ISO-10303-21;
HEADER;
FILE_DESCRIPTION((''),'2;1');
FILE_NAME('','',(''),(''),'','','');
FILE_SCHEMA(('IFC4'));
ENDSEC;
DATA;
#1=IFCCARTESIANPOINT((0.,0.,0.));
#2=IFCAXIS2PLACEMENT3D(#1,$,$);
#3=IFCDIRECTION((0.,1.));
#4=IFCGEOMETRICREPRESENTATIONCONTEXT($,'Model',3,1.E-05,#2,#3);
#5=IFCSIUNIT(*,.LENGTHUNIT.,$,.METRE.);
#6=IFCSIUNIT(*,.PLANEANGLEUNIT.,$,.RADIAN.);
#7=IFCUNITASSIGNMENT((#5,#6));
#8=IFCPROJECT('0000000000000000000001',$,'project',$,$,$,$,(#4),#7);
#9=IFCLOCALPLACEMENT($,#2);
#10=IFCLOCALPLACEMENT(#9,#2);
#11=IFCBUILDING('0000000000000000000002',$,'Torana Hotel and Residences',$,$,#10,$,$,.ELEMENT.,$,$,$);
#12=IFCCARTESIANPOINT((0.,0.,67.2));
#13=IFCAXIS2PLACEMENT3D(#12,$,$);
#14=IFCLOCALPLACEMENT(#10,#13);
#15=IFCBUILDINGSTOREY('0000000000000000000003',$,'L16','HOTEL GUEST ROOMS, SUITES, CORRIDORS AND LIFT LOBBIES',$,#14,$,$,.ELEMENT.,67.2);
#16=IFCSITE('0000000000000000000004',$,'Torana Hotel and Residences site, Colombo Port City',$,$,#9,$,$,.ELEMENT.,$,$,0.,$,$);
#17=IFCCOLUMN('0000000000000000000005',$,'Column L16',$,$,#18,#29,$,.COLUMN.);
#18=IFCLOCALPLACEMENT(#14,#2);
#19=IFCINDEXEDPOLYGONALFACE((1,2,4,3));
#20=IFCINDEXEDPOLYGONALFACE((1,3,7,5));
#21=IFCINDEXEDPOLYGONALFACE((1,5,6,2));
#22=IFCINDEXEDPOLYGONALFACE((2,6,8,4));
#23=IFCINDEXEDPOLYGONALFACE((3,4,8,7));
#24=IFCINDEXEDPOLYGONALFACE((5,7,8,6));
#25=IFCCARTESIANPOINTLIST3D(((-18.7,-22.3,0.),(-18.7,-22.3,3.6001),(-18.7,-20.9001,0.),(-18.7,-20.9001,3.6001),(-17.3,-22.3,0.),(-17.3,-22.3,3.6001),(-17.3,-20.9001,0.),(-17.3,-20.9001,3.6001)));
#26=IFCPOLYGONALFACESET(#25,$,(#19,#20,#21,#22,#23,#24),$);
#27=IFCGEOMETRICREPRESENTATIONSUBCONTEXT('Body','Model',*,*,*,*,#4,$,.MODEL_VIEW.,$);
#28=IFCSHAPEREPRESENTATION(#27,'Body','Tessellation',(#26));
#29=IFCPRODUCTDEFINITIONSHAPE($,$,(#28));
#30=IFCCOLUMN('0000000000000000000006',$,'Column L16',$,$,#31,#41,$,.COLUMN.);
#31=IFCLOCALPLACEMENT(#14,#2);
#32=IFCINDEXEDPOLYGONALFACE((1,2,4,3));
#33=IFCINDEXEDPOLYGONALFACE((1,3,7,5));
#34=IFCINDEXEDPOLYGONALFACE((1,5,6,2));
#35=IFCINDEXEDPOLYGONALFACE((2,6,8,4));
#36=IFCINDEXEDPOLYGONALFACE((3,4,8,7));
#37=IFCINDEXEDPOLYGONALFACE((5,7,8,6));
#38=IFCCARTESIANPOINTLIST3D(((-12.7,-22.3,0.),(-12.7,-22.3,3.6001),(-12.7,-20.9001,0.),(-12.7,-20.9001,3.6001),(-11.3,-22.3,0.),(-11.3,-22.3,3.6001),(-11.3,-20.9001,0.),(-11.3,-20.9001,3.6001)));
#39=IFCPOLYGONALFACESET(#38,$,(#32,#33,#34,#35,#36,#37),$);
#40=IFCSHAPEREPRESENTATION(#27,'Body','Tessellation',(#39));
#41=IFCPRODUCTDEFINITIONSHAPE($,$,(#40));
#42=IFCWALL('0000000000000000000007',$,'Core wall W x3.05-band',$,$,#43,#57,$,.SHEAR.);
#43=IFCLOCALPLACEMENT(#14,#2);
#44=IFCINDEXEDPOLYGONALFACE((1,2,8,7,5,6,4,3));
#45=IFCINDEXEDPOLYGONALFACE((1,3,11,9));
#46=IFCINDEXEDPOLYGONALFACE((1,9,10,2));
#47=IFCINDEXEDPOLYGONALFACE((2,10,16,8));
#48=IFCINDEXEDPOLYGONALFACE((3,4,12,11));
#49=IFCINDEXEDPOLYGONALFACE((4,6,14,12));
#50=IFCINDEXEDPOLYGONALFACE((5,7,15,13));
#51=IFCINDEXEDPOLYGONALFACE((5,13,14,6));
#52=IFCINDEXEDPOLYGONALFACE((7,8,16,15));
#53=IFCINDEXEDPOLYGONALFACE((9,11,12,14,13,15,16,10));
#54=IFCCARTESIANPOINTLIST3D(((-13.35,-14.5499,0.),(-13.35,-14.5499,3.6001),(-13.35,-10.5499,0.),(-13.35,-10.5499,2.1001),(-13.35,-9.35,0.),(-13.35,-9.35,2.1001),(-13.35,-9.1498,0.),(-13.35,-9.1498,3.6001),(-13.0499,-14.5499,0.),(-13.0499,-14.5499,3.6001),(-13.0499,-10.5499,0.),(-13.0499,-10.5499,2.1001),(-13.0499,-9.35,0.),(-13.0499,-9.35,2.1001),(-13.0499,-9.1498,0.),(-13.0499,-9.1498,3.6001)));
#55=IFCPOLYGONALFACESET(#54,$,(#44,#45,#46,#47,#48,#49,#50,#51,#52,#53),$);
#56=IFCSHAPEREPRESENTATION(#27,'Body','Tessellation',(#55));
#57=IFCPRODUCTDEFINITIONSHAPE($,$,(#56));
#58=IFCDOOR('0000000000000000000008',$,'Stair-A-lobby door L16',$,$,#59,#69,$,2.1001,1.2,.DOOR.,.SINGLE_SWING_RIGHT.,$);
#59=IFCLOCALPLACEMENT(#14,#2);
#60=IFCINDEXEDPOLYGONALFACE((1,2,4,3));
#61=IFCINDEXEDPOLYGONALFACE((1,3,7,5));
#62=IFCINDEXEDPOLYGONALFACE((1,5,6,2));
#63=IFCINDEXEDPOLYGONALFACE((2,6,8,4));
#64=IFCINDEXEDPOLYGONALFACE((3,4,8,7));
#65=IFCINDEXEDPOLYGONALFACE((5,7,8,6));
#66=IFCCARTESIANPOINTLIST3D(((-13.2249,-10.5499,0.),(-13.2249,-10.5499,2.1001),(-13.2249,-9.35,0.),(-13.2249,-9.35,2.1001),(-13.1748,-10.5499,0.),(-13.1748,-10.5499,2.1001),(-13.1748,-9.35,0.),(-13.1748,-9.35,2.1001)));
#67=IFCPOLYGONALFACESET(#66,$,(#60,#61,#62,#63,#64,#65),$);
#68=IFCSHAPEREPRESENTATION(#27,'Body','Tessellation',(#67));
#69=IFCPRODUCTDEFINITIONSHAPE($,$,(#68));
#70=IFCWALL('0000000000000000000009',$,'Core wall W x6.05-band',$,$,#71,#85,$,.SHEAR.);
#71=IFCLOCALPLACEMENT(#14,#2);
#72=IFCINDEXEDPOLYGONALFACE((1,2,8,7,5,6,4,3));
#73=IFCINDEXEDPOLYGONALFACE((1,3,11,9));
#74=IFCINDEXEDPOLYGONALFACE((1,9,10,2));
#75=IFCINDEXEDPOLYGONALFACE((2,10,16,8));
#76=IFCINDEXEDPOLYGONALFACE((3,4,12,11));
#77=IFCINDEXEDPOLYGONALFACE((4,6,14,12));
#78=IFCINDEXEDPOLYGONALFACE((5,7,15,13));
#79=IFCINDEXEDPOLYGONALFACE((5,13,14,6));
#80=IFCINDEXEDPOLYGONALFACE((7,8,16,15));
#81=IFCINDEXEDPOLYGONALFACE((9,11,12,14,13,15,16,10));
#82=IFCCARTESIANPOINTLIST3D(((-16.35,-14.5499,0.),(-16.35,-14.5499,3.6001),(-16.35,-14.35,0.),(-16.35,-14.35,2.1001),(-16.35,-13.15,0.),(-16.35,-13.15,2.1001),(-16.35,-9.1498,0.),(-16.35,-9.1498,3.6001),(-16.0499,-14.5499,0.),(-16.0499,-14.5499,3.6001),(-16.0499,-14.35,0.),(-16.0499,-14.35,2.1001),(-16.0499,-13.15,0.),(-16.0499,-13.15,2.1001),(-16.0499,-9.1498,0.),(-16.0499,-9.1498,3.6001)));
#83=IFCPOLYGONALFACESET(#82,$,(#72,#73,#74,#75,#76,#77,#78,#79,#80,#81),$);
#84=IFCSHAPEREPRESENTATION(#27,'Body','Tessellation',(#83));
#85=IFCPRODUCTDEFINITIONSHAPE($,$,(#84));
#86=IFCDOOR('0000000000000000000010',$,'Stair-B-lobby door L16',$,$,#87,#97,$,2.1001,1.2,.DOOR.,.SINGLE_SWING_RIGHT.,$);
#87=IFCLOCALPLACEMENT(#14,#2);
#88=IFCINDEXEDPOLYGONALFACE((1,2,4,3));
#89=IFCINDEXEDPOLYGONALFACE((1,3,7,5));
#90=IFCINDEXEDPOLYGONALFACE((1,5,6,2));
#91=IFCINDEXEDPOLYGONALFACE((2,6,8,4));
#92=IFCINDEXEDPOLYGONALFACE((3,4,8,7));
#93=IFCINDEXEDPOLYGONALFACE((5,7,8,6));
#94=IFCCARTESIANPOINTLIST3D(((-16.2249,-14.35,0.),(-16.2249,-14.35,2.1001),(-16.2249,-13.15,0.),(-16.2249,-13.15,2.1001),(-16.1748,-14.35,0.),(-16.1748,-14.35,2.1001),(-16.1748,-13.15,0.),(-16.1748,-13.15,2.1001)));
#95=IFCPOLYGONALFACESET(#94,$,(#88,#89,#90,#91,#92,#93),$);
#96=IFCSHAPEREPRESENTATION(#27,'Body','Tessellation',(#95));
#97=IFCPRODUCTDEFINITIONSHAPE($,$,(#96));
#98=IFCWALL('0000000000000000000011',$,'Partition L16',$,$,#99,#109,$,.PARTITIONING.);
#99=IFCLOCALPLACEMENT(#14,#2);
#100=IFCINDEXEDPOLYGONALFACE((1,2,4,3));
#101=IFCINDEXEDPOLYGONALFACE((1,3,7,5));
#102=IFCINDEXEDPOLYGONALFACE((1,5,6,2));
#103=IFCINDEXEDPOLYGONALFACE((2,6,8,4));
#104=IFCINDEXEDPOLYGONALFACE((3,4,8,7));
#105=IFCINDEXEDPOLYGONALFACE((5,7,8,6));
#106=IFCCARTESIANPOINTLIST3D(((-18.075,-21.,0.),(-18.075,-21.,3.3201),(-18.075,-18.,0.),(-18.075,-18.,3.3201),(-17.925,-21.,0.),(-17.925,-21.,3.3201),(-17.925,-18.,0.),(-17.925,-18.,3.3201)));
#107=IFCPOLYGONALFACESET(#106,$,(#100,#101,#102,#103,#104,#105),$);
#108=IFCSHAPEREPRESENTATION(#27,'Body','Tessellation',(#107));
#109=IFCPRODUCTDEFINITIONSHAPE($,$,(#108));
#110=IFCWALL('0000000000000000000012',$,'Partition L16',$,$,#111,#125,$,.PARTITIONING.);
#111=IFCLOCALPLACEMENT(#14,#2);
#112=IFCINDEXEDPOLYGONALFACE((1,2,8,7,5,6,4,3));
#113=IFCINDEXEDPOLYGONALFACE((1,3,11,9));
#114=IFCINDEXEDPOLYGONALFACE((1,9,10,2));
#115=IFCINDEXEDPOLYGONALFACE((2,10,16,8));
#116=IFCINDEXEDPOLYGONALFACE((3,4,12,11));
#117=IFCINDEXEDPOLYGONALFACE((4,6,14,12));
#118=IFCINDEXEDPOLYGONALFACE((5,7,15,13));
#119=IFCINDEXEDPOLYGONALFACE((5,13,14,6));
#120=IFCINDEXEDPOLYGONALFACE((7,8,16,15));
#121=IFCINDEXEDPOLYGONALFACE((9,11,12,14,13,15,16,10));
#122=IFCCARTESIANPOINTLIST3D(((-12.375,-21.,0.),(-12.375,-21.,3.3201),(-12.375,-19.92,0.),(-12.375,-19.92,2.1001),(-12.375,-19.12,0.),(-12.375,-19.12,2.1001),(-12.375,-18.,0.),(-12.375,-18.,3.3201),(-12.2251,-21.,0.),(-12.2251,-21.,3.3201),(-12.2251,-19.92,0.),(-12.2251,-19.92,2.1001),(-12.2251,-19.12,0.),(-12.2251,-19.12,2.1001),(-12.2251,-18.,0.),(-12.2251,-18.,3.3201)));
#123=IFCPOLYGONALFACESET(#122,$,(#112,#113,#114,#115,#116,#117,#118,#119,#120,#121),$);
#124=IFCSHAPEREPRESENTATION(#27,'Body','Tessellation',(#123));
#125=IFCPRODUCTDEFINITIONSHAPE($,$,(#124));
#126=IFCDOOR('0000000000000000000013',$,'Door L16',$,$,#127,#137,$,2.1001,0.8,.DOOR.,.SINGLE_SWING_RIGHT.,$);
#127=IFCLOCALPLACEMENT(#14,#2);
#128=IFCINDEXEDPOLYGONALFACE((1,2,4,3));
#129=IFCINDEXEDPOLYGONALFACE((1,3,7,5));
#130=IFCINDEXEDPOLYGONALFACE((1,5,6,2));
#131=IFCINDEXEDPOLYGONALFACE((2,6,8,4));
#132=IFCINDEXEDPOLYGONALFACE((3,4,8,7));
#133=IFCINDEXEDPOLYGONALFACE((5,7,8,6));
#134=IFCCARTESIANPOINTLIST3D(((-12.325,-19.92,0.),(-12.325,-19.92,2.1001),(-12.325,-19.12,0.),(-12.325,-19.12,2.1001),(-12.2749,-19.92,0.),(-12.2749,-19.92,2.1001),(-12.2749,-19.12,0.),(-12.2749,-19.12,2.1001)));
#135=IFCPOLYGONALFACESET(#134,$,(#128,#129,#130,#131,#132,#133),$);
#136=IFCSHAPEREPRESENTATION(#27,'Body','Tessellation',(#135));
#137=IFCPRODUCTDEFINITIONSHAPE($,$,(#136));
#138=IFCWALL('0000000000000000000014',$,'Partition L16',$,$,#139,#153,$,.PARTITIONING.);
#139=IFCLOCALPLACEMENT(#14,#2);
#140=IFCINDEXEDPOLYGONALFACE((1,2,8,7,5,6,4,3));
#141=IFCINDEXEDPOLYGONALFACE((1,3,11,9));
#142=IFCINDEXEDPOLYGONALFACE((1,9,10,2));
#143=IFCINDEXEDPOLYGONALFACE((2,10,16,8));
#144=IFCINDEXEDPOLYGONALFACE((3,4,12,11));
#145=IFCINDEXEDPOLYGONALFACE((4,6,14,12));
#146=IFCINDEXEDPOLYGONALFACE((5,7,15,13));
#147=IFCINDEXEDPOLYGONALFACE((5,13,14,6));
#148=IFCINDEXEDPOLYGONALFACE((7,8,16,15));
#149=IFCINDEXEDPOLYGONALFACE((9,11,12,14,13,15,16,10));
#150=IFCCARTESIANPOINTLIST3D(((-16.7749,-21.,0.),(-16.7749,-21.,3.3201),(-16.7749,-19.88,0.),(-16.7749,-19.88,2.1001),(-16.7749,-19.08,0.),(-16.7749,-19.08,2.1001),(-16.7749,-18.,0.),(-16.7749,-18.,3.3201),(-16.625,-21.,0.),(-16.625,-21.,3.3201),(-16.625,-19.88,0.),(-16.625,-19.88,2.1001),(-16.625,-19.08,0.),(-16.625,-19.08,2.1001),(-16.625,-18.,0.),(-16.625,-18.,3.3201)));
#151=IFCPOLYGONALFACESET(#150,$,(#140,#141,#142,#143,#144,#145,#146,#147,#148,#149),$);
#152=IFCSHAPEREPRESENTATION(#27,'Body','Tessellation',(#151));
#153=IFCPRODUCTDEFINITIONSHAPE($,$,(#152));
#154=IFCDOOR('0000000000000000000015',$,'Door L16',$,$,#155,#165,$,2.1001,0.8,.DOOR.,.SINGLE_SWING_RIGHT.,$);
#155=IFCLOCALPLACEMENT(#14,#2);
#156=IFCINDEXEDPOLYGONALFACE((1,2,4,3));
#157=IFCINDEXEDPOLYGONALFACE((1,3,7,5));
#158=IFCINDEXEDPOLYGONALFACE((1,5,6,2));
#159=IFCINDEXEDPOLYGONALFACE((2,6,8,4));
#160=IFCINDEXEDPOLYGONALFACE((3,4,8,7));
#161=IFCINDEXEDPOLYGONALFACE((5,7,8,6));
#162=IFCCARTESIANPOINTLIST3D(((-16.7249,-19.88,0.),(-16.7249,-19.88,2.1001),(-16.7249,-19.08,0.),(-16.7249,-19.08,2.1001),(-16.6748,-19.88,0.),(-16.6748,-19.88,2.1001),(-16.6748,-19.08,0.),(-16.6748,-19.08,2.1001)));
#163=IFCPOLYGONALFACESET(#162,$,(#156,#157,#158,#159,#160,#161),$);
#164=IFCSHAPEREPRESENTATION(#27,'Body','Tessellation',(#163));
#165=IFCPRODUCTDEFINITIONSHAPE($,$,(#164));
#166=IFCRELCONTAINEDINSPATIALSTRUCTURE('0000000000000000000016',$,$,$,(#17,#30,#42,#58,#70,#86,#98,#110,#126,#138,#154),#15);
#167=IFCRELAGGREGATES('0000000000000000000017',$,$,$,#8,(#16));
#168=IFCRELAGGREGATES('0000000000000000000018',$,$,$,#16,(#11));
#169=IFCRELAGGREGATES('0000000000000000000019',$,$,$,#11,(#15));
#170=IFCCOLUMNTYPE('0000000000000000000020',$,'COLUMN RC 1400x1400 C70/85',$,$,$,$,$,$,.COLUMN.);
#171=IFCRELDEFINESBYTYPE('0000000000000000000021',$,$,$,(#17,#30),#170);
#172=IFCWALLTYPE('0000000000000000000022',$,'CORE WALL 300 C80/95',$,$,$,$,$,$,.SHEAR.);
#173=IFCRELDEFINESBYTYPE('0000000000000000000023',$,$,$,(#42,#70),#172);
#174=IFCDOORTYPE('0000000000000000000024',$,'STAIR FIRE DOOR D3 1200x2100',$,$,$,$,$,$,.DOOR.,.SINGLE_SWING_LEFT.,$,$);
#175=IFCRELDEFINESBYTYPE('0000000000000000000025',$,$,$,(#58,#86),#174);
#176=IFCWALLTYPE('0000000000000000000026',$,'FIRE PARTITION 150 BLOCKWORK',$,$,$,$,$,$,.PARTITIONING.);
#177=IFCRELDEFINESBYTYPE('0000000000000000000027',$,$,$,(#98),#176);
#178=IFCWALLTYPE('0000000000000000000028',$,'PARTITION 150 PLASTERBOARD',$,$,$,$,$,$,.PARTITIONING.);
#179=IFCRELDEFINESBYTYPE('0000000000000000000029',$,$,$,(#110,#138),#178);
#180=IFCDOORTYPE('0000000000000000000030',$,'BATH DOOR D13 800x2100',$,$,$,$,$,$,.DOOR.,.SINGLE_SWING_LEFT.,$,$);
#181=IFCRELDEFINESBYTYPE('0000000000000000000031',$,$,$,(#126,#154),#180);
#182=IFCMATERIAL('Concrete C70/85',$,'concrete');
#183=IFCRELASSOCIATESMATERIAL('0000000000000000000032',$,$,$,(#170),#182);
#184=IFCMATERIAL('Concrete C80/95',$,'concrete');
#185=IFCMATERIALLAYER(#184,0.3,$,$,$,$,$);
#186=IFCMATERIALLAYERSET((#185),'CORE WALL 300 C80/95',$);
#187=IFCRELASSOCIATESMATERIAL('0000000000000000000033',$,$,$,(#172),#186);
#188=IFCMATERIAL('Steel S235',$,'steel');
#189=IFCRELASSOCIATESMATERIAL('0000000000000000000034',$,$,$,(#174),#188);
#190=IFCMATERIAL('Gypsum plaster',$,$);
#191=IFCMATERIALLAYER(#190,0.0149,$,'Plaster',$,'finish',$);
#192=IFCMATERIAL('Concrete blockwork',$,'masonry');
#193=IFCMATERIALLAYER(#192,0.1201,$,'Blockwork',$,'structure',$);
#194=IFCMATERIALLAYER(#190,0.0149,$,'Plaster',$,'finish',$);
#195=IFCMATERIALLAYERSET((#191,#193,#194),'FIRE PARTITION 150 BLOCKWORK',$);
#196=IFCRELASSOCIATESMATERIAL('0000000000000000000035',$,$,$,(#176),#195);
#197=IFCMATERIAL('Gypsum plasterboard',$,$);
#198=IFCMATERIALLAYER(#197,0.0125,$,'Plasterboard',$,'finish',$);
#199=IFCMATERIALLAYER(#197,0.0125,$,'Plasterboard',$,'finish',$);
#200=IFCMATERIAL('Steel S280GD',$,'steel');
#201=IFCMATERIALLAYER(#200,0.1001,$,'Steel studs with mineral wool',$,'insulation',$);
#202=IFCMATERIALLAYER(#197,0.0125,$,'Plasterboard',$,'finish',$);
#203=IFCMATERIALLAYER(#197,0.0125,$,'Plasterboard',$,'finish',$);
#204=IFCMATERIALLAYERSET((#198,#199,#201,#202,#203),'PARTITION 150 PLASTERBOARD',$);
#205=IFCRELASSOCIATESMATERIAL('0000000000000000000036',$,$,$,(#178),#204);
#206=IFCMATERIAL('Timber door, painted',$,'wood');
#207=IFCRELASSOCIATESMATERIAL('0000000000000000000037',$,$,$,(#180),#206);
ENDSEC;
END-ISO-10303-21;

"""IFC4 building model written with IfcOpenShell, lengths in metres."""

from ifc_helpers import new_model, si_unit, direction, frame, frame_2d, origin, origin_2d, place, context, subcontext, project, spatial, rectangle, extrude, material, layer, layer_set, material_profile, profile_set, type_object, element, fill, save


model = new_model("IFC4")

# Units and contexts
model_context = context("Model", 3, precision=1e-05, world=origin(), true_north=direction((0.0, 1.0)))
body_context = subcontext(model_context, "Body", "Model", "MODEL_VIEW")
ifc_project = project(units=[si_unit("LENGTHUNIT", "METRE"), si_unit("PLANEANGLEUNIT", "RADIAN")], contexts=[model_context])

# Site, building, storey
site_placement = place(None, origin())
site = spatial("IfcSite", under=ifc_project, at=site_placement, Name="Torana Hotel and Residences site, Colombo Port City", CompositionType="ELEMENT", RefElevation=0.0)
building_placement = place(site_placement, origin())
building = spatial("IfcBuilding", under=site, at=building_placement, Name="Torana Hotel and Residences", CompositionType="ELEMENT")
storey_placement = place(building_placement, frame((0.0, 0.0, 67.2)))
storey = spatial("IfcBuildingStorey", under=building, at=storey_placement, Name="L16", Description="HOTEL GUEST ROOMS, SUITES, CORRIDORS AND LIFT LOBBIES", CompositionType="ELEMENT", Elevation=67.2)

# Columns
ifc_material_1 = material(Name="Concrete C70/85", Category="concrete")
ifc_material_profile = material_profile(ifc_material_1, rectangle(XDim=1.3999, YDim=1.3999, at=origin_2d()), Name="RC 1400x1400")
ifc_profile_set = profile_set([ifc_material_profile], Name="Concrete C70/85")
column_type = type_object("IfcColumnType", Name="COLUMN RC 1400x1400 C70/85", PredefinedType="COLUMN", material=ifc_profile_set)
for number, where, z_axis, x_axis, name in (
    (1, (-18.0, -21.6001, 0.0), (0.0, 0.0, 1.0), (1.0, 0.0, 0.0), "Column L16"),
    (2, (-12.0, -21.6001, 0.0), (0.0, 0.0, 1.0), (1.0, 0.0, 0.0), "Column L16"),
):
    element("IfcColumn", number, at=place(storey_placement, frame(where, z_axis=z_axis, x_axis=x_axis)), inside=storey, type_object=column_type, Name=name, PredefinedType="COLUMN", context=body_context, shape_type="SweptSolid", body=[
        extrude(rectangle(XDim=1.3999, YDim=1.3999, at=origin_2d()), origin(), (0.0, 0.0, 1.0), 3.6001),
    ])

# Walls, openings, doors
ifc_material_2 = material(Name="Concrete C80/95", Category="concrete")
ifc_layer_1 = layer(ifc_material_2, 0.3)
ifc_layer_set_1 = layer_set([ifc_layer_1], Name="CORE WALL 300 C80/95")
wall_type_1 = type_object("IfcWallType", Name="CORE WALL 300 C80/95", PredefinedType="SHEAR", material=ifc_layer_set_1)
wall_1_placement = place(storey_placement, frame((-13.2, -14.55, 0.0), z_axis=(0.0, 0.0, 1.0), x_axis=(0.0, 1.0, 0.0)))
wall_1 = element("IfcWall", 3, at=wall_1_placement, inside=storey, type_object=wall_type_1, Name="Core wall W x3.05-band", PredefinedType="SHEAR", context=body_context, shape_type="SweptSolid", body=[
    extrude(rectangle(XDim=5.4001, YDim=0.3, at=frame_2d((2.7002, 0.0))), origin(), (0.0, 0.0, 1.0), 3.6001),
])
opening_1_placement = place(wall_1_placement, frame((4.0, 0.0, 0.0)))
opening_1 = element("IfcOpeningElement", 4, at=opening_1_placement, cuts=wall_1, PredefinedType="OPENING", context=body_context, shape_type="SweptSolid", body=[
    extrude(rectangle(XDim=1.2, YDim=2.1001, at=frame_2d((0.6001, 1.05))), frame((0.0, 0.1599, 0.0), z_axis=(0.0, -1.0, 0.0), x_axis=(1.0, 0.0, 0.0)), (0.0, 0.0, 1.0), 0.3201),
])
ifc_material_3 = material(Name="Steel S235", Category="steel")
door_type_1 = type_object("IfcDoorType", Name="STAIR FIRE DOOR D3 1200x2100", OperationType="SINGLE_SWING_LEFT", PredefinedType="DOOR", material=ifc_material_3)
door_1_placement = place(opening_1_placement, frame((0.6001, 0.0, 0.0), z_axis=(0.0, 0.0, 1.0), x_axis=(-1.0, 0.0, 0.0)))
door_1 = element("IfcDoor", 5, at=door_1_placement, inside=storey, type_object=door_type_1, Name="Stair-A-lobby door L16", OperationType="SINGLE_SWING_RIGHT", OverallHeight=2.1001, OverallWidth=1.2, PredefinedType="DOOR", context=body_context, shape_type="SweptSolid", body=[
    extrude(rectangle(XDim=1.2, YDim=2.1001, at=frame_2d((0.0, 1.05))), frame((0.0, -0.0249, 0.0), z_axis=(0.0, 1.0, 0.0), x_axis=(-1.0, 0.0, 0.0)), (0.0, 0.0, 1.0), 0.05),
])
fill(opening_1, door_1)
wall_2_placement = place(storey_placement, frame((-16.2, -14.55, 0.0), z_axis=(0.0, 0.0, 1.0), x_axis=(0.0, 1.0, 0.0)))
wall_2 = element("IfcWall", 6, at=wall_2_placement, inside=storey, type_object=wall_type_1, Name="Core wall W x6.05-band", PredefinedType="SHEAR", context=body_context, shape_type="SweptSolid", body=[
    extrude(rectangle(XDim=5.4001, YDim=0.3, at=frame_2d((2.7002, 0.0))), origin(), (0.0, 0.0, 1.0), 3.6001),
])
opening_2_placement = place(wall_2_placement, frame((0.2, 0.0, 0.0)))
opening_2 = element("IfcOpeningElement", 7, at=opening_2_placement, cuts=wall_2, PredefinedType="OPENING", context=body_context, shape_type="SweptSolid", body=[
    extrude(rectangle(XDim=1.2, YDim=2.1001, at=frame_2d((0.6001, 1.05))), frame((0.0, 0.1599, 0.0), z_axis=(0.0, -1.0, 0.0), x_axis=(1.0, 0.0, 0.0)), (0.0, 0.0, 1.0), 0.3201),
])
door_2_placement = place(opening_2_placement, origin())
door_2 = element("IfcDoor", 8, at=door_2_placement, inside=storey, type_object=door_type_1, Name="Stair-B-lobby door L16", OperationType="SINGLE_SWING_RIGHT", OverallHeight=2.1001, OverallWidth=1.2, PredefinedType="DOOR", context=body_context, shape_type="SweptSolid", body=[
    extrude(rectangle(XDim=1.2, YDim=2.1001, at=frame_2d((0.6001, 1.05))), frame((0.0, 0.0249, 0.0), z_axis=(0.0, -1.0, 0.0), x_axis=(1.0, 0.0, 0.0)), (0.0, 0.0, 1.0), 0.05),
])
fill(opening_2, door_2)

# Wall
ifc_material_4 = material(Name="Gypsum plaster")
ifc_layer_2 = layer(ifc_material_4, 0.0149, Name="Plaster", Category="finish")
ifc_material_5 = material(Name="Concrete blockwork", Category="masonry")
ifc_layer_3 = layer(ifc_material_5, 0.1201, Name="Blockwork", Category="structure")
ifc_layer_4 = layer(ifc_material_4, 0.0149, Name="Plaster", Category="finish")
ifc_layer_set_2 = layer_set([ifc_layer_2, ifc_layer_3, ifc_layer_4], Name="FIRE PARTITION 150 BLOCKWORK")
wall_type_2 = type_object("IfcWallType", Name="FIRE PARTITION 150 BLOCKWORK", PredefinedType="PARTITIONING", material=ifc_layer_set_2)
wall_3_placement = place(storey_placement, frame((-18.0, -21.0, 0.0), z_axis=(0.0, 0.0, 1.0), x_axis=(0.0, 1.0, 0.0)))
element("IfcWall", 9, at=wall_3_placement, inside=storey, type_object=wall_type_2, Name="Partition L16", PredefinedType="PARTITIONING", context=body_context, shape_type="SweptSolid", body=[
    extrude(rectangle(XDim=3.0, YDim=0.1499, at=frame_2d((1.5, 0.0))), origin(), (0.0, 0.0, 1.0), 3.3201),
])

# Walls, openings, doors
ifc_material_6 = material(Name="Gypsum plasterboard")
ifc_layer_5 = layer(ifc_material_6, 0.0125, Name="Plasterboard", Category="finish")
ifc_layer_6 = layer(ifc_material_6, 0.0125, Name="Plasterboard", Category="finish")
ifc_material_7 = material(Name="Steel S280GD", Category="steel")
ifc_layer_7 = layer(ifc_material_7, 0.1001, Name="Steel studs with mineral wool", Category="insulation")
ifc_layer_8 = layer(ifc_material_6, 0.0125, Name="Plasterboard", Category="finish")
ifc_layer_9 = layer(ifc_material_6, 0.0125, Name="Plasterboard", Category="finish")
ifc_layer_set_3 = layer_set([ifc_layer_5, ifc_layer_6, ifc_layer_7, ifc_layer_8, ifc_layer_9], Name="PARTITION 150 PLASTERBOARD")
wall_type_3 = type_object("IfcWallType", Name="PARTITION 150 PLASTERBOARD", PredefinedType="PARTITIONING", material=ifc_layer_set_3)
wall_4_placement = place(storey_placement, frame((-12.3, -21.0, 0.0), z_axis=(0.0, 0.0, 1.0), x_axis=(0.0, 1.0, 0.0)))
wall_4 = element("IfcWall", 10, at=wall_4_placement, inside=storey, type_object=wall_type_3, Name="Partition L16", PredefinedType="PARTITIONING", context=body_context, shape_type="SweptSolid", body=[
    extrude(rectangle(XDim=3.0, YDim=0.1499, at=frame_2d((1.5, 0.0))), origin(), (0.0, 0.0, 1.0), 3.3201),
])
opening_3_placement = place(wall_4_placement, frame((1.0801, 0.0, 0.0)))
opening_3 = element("IfcOpeningElement", 11, at=opening_3_placement, cuts=wall_4, PredefinedType="OPENING", context=body_context, shape_type="SweptSolid", body=[
    extrude(rectangle(XDim=0.8, YDim=2.1001, at=frame_2d((0.3999, 1.05))), frame((0.0, 0.085, 0.0), z_axis=(0.0, -1.0, 0.0), x_axis=(1.0, 0.0, 0.0)), (0.0, 0.0, 1.0), 0.1699),
])
ifc_material_8 = material(Name="Timber door, painted", Category="wood")
door_type_2 = type_object("IfcDoorType", Name="BATH DOOR D13 800x2100", OperationType="SINGLE_SWING_LEFT", PredefinedType="DOOR", material=ifc_material_8)
door_3_placement = place(opening_3_placement, origin())
door_3 = element("IfcDoor", 12, at=door_3_placement, inside=storey, type_object=door_type_2, Name="Door L16", OperationType="SINGLE_SWING_RIGHT", OverallHeight=2.1001, OverallWidth=0.8, PredefinedType="DOOR", context=body_context, shape_type="SweptSolid", body=[
    extrude(rectangle(XDim=0.8, YDim=2.1001, at=frame_2d((0.3999, 1.05))), frame((0.0, 0.0249, 0.0), z_axis=(0.0, -1.0, 0.0), x_axis=(1.0, 0.0, 0.0)), (0.0, 0.0, 1.0), 0.05),
])
fill(opening_3, door_3)
wall_5_placement = place(storey_placement, frame((-16.7, -21.0, 0.0), z_axis=(0.0, 0.0, 1.0), x_axis=(0.0, 1.0, 0.0)))
wall_5 = element("IfcWall", 13, at=wall_5_placement, inside=storey, type_object=wall_type_3, Name="Partition L16", PredefinedType="PARTITIONING", context=body_context, shape_type="SweptSolid", body=[
    extrude(rectangle(XDim=3.0, YDim=0.1499, at=frame_2d((1.5, 0.0))), origin(), (0.0, 0.0, 1.0), 3.3201),
])
opening_4_placement = place(wall_5_placement, frame((1.1201, 0.0, 0.0)))
opening_4 = element("IfcOpeningElement", 14, at=opening_4_placement, cuts=wall_5, PredefinedType="OPENING", context=body_context, shape_type="SweptSolid", body=[
    extrude(rectangle(XDim=0.8, YDim=2.1001, at=frame_2d((0.3999, 1.05))), frame((0.0, 0.085, 0.0), z_axis=(0.0, -1.0, 0.0), x_axis=(1.0, 0.0, 0.0)), (0.0, 0.0, 1.0), 0.1699),
])
door_4_placement = place(opening_4_placement, origin())
door_4 = element("IfcDoor", 15, at=door_4_placement, inside=storey, type_object=door_type_2, Name="Door L16", OperationType="SINGLE_SWING_RIGHT", OverallHeight=2.1001, OverallWidth=0.8, PredefinedType="DOOR", context=body_context, shape_type="SweptSolid", body=[
    extrude(rectangle(XDim=0.8, YDim=2.1001, at=frame_2d((0.3999, 1.05))), frame((0.0, 0.0249, 0.0), z_axis=(0.0, -1.0, 0.0), x_axis=(1.0, 0.0, 0.0)), (0.0, 0.0, 1.0), 0.05),
])
fill(opening_4, door_4)

save(model, "model.ifc")
